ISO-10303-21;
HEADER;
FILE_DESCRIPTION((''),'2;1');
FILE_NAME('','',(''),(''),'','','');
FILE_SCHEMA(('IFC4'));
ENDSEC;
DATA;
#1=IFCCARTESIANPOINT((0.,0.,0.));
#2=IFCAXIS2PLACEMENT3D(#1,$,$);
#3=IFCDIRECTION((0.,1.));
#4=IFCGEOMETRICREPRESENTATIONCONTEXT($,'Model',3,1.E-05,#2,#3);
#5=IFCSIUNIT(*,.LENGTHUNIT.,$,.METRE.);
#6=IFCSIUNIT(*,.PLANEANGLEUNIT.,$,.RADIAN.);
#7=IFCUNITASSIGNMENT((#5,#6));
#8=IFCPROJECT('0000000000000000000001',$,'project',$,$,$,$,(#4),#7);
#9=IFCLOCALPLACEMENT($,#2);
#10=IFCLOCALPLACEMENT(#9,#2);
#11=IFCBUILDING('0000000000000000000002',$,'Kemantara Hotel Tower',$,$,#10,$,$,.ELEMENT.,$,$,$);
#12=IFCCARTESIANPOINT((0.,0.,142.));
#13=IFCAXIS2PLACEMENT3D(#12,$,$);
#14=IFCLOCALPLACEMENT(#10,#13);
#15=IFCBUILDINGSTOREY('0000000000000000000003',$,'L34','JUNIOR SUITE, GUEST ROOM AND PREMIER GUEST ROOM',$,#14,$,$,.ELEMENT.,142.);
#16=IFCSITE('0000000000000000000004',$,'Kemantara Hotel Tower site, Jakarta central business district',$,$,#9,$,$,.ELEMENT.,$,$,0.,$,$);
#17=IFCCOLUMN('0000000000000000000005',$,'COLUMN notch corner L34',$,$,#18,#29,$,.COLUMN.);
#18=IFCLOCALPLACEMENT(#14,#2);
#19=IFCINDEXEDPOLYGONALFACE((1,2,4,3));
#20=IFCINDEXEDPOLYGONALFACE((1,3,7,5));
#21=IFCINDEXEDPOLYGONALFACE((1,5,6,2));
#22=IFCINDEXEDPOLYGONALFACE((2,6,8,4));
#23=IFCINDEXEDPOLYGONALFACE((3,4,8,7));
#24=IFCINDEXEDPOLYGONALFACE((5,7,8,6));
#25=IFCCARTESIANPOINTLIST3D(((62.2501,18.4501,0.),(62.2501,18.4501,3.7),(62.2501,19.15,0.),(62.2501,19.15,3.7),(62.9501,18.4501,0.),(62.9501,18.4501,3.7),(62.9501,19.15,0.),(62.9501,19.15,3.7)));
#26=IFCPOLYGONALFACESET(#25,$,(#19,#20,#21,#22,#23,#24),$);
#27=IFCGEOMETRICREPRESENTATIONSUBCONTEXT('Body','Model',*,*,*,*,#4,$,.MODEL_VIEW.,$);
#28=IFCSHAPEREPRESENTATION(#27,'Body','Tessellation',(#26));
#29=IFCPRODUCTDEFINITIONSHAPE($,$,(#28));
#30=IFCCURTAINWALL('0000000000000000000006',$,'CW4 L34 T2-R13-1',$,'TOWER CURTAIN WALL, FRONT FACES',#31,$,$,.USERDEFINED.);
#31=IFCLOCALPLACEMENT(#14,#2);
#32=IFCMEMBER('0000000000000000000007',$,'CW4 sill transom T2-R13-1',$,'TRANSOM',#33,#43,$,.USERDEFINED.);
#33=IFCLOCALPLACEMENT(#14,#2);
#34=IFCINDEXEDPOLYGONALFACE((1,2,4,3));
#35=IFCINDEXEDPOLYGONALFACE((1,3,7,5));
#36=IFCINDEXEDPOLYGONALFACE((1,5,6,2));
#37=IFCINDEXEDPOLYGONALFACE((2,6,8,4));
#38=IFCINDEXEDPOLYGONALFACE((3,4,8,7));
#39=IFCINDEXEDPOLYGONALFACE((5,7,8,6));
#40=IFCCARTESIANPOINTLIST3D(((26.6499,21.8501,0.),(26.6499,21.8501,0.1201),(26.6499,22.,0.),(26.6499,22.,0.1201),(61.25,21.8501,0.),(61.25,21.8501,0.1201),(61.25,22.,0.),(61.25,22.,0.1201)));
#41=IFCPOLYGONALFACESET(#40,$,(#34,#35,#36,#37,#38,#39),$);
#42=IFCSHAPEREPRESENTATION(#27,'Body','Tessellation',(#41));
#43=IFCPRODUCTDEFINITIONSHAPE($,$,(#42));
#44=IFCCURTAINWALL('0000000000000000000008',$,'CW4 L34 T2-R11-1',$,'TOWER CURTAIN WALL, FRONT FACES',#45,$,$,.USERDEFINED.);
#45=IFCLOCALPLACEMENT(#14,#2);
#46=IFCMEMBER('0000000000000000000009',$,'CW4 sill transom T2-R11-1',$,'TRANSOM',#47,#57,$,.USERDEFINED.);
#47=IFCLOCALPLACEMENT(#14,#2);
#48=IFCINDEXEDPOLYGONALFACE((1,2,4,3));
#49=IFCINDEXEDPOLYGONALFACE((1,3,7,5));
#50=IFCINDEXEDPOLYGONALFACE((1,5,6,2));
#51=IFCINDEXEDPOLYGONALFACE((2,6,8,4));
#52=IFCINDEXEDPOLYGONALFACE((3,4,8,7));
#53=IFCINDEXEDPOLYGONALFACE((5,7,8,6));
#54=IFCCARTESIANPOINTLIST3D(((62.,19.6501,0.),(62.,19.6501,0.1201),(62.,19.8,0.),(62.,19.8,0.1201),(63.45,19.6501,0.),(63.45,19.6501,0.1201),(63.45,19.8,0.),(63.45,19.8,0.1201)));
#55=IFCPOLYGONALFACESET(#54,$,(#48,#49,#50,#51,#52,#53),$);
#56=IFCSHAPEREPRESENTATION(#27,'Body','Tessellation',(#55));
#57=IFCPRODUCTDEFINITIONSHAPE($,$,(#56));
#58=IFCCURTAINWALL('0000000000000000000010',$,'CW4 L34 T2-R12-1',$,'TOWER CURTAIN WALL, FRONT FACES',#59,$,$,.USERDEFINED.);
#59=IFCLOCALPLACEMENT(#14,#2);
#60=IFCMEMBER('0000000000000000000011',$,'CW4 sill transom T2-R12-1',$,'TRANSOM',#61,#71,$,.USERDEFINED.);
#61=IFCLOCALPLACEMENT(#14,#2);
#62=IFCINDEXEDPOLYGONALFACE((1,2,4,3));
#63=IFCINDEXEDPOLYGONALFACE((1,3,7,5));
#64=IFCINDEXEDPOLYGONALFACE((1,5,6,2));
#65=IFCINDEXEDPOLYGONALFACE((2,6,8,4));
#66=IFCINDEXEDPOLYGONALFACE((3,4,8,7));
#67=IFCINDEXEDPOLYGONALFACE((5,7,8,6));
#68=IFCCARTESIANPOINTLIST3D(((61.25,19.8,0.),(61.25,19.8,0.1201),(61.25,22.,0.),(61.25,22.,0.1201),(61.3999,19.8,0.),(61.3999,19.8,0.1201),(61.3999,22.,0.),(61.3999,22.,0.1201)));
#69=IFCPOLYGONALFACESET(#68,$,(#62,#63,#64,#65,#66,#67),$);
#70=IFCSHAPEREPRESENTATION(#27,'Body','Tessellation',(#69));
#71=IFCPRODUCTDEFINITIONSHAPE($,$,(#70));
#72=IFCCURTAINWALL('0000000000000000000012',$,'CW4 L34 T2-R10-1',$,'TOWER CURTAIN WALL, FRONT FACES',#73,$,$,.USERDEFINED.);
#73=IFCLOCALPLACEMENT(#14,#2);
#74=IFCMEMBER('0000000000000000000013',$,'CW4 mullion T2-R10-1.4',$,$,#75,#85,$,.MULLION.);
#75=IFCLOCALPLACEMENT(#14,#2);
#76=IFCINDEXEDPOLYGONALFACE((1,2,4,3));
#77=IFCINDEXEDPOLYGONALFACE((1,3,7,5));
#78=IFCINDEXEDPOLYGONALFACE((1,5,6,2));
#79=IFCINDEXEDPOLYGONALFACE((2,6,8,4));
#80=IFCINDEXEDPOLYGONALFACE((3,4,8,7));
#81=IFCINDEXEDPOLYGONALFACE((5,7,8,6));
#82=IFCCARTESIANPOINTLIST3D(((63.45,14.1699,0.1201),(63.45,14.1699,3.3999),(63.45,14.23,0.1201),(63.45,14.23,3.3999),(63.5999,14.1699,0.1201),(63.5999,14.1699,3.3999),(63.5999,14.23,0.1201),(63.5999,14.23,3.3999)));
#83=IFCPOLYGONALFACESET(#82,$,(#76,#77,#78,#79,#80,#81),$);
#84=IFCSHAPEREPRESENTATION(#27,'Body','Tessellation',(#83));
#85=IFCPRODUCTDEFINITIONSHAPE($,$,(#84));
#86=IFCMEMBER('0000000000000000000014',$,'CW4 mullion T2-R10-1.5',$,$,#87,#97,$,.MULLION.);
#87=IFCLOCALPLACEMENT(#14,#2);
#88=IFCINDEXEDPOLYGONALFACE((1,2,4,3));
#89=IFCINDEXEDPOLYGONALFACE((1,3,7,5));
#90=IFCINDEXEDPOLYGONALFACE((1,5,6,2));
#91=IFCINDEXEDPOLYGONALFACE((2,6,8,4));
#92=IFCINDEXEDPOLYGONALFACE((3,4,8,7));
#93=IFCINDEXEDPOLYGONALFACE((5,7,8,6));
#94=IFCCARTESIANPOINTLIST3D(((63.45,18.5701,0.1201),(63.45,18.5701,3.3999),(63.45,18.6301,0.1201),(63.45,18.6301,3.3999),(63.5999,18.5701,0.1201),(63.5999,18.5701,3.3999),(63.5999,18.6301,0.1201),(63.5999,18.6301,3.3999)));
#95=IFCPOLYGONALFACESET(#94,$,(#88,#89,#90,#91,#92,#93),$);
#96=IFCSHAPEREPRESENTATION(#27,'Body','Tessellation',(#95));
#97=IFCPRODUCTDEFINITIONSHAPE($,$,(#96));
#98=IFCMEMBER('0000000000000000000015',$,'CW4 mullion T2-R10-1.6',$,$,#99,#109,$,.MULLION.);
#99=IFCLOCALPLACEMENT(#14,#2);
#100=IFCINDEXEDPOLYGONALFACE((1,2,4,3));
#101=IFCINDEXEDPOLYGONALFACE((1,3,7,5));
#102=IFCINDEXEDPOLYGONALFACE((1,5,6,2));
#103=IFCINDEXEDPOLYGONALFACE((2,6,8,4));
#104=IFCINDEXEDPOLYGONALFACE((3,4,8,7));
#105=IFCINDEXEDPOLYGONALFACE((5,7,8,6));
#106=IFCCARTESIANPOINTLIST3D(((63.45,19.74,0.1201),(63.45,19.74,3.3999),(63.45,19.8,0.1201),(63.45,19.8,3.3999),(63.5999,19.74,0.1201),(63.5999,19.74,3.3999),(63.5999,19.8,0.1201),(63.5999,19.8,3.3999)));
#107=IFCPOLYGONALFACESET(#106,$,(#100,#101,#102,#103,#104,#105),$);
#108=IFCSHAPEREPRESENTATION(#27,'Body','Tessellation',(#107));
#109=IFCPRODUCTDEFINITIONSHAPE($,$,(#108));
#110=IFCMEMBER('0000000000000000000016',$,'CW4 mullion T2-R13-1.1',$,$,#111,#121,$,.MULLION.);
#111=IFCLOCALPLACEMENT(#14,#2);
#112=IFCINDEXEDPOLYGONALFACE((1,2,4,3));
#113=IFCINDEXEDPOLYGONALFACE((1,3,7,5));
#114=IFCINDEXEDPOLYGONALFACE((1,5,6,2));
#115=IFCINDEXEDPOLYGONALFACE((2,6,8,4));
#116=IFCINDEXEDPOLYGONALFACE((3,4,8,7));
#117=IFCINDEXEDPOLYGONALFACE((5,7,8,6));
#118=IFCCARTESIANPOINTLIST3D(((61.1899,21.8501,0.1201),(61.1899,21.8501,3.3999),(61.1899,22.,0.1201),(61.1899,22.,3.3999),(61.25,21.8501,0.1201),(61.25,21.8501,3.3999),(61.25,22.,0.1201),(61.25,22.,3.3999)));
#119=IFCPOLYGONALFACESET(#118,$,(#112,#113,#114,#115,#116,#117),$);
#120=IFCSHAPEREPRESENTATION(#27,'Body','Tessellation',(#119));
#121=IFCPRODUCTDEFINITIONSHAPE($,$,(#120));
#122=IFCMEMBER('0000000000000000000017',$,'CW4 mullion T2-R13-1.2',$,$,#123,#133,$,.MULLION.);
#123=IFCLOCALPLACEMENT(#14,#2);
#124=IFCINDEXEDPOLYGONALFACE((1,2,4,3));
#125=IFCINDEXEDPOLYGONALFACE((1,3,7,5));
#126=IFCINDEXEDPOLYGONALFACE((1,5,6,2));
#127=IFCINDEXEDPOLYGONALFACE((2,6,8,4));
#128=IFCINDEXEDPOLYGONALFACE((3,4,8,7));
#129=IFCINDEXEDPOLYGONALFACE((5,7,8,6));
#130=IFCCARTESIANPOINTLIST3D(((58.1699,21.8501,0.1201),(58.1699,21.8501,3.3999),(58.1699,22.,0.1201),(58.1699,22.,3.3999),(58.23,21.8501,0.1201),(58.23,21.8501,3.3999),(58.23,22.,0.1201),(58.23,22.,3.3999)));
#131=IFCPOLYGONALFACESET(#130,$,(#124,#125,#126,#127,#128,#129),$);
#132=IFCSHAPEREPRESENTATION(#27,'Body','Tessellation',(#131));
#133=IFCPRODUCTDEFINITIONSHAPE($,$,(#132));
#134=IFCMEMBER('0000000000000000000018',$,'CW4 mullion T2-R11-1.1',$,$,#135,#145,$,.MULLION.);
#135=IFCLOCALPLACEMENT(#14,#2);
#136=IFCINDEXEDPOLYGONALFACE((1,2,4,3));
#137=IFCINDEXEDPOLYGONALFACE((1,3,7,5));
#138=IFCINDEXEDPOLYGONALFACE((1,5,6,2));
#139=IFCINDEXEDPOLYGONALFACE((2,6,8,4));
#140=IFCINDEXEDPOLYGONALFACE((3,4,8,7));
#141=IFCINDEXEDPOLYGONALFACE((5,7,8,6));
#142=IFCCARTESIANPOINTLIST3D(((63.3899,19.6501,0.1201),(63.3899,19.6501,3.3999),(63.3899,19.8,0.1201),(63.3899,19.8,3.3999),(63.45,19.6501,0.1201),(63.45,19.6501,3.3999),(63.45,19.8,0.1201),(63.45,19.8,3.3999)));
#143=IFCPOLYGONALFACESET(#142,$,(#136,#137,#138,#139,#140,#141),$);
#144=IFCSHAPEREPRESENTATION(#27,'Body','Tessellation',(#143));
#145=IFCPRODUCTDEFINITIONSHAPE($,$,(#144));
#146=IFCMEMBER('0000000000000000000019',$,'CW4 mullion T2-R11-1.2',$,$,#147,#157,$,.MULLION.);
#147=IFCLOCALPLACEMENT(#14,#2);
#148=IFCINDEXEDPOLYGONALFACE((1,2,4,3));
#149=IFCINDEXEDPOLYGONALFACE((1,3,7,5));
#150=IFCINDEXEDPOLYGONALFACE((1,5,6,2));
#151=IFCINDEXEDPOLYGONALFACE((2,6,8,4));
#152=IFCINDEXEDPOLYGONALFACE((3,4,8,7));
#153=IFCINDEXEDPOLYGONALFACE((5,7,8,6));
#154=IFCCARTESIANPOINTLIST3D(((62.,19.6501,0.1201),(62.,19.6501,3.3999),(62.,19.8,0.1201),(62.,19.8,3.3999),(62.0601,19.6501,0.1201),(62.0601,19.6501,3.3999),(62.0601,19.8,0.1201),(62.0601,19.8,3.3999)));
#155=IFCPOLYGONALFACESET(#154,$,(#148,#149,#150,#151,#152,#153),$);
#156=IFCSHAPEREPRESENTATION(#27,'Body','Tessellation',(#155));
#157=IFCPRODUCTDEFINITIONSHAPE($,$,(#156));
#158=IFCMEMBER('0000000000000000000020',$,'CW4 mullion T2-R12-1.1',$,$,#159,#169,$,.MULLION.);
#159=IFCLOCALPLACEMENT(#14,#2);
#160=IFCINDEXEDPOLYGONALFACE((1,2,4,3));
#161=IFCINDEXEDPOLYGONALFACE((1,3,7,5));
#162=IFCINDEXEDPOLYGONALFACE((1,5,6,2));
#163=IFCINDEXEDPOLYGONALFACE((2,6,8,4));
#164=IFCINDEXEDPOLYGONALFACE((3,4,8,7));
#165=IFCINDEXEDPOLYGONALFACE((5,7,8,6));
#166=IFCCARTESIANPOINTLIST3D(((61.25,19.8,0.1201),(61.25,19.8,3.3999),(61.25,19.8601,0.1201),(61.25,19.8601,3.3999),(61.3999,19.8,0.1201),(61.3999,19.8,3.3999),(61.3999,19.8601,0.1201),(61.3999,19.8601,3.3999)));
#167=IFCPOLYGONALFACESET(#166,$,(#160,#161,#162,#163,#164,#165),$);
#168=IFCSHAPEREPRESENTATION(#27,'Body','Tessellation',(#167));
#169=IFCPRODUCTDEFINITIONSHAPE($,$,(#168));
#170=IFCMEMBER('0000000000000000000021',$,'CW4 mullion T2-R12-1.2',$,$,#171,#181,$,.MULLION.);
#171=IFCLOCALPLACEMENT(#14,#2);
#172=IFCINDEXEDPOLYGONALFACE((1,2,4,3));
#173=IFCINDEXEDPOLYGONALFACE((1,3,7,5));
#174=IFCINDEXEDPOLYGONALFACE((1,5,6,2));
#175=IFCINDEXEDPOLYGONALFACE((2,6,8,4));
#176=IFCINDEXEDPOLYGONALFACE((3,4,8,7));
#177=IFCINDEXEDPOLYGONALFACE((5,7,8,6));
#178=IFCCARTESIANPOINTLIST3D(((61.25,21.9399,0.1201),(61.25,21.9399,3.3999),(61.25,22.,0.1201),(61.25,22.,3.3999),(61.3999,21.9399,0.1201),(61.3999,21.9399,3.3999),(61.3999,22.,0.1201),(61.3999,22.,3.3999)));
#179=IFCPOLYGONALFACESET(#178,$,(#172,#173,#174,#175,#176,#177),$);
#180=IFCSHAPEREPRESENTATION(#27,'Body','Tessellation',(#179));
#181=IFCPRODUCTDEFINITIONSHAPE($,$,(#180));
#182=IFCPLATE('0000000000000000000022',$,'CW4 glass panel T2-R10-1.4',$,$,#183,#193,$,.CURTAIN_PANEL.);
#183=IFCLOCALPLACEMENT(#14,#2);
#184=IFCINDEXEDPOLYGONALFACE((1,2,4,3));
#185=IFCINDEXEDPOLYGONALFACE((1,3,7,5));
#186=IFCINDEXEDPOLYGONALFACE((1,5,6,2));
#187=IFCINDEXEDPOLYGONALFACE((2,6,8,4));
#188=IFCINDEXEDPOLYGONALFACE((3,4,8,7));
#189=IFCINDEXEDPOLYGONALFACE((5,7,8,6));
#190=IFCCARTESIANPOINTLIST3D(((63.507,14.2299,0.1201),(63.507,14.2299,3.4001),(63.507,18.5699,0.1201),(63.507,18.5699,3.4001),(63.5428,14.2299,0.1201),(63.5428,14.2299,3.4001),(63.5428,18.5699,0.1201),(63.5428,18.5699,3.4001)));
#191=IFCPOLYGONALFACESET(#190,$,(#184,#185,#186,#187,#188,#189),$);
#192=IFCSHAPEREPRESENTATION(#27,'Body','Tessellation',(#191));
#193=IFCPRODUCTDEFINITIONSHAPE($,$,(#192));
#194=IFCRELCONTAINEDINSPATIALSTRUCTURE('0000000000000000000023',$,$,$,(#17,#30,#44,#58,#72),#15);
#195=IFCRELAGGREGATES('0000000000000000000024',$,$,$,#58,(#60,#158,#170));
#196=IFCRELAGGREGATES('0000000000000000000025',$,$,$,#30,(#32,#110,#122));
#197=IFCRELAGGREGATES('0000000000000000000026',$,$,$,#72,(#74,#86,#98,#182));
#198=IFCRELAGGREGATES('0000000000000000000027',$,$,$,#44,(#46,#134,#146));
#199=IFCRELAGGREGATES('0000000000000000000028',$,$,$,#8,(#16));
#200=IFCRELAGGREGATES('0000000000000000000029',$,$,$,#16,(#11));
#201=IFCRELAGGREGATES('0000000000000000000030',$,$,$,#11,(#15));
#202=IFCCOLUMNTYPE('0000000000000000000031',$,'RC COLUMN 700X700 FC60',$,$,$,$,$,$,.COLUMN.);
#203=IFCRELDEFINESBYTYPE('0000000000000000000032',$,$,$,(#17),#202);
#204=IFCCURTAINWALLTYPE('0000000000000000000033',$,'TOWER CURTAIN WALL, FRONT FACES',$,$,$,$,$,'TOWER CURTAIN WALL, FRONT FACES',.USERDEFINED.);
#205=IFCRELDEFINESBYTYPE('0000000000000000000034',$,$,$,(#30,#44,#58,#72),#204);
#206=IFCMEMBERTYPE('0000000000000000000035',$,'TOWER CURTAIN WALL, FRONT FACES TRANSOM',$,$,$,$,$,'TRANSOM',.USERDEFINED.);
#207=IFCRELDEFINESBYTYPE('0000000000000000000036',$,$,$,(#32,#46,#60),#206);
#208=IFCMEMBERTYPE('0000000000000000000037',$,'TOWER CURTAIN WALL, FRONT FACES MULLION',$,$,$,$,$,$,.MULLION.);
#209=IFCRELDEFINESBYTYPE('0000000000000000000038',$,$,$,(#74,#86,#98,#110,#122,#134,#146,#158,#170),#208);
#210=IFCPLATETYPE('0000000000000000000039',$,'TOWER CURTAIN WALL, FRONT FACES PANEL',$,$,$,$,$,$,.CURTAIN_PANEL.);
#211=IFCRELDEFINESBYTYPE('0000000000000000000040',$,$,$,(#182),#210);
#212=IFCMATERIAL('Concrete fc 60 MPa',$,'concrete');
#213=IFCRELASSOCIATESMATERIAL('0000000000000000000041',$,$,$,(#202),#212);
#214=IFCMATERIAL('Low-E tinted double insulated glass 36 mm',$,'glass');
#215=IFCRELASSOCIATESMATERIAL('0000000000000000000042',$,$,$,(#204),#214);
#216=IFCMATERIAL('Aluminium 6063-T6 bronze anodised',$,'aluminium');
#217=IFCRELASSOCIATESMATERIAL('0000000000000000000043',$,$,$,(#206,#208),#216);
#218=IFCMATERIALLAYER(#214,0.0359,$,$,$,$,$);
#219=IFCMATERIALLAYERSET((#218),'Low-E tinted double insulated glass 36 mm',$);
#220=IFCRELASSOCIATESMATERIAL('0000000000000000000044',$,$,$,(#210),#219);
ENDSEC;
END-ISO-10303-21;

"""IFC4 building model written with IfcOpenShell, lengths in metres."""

from ifc_helpers import new_model, si_unit, direction, frame, origin, origin_2d, place, context, subcontext, project, spatial, rectangle, extrude, source, transform, mapped, material, layer, layer_set, material_profile, profile_set, type_object, element, aggregate, save


model = new_model("IFC4")

# Units and contexts
model_context = context("Model", 3, precision=1e-05, world=origin(), true_north=direction((0.0, 1.0)))
body_context = subcontext(model_context, "Body", "Model", "MODEL_VIEW")
ifc_project = project(units=[si_unit("LENGTHUNIT", "METRE"), si_unit("PLANEANGLEUNIT", "RADIAN")], contexts=[model_context])

# Site, building, storey
site_placement = place(None, origin())
site = spatial("IfcSite", under=ifc_project, at=site_placement, Name="Kemantara Hotel Tower site, Jakarta central business district", CompositionType="ELEMENT", RefElevation=0.0)
building_placement = place(site_placement, origin())
building = spatial("IfcBuilding", under=site, at=building_placement, Name="Kemantara Hotel Tower", CompositionType="ELEMENT")
storey_placement = place(building_placement, frame((0.0, 0.0, 142.0)))
storey = spatial("IfcBuildingStorey", under=building, at=storey_placement, Name="L34", Description="JUNIOR SUITE, GUEST ROOM AND PREMIER GUEST ROOM", CompositionType="ELEMENT", Elevation=142.0)

# Column
ifc_material_1 = material(Name="Concrete fc 60 MPa", Category="concrete")
ifc_material_profile_1 = material_profile(ifc_material_1, rectangle(XDim=0.7, YDim=0.7, at=origin_2d()), Name="RC 700X700")
ifc_profile_set_1 = profile_set([ifc_material_profile_1], Name="Concrete fc 60 MPa")
column_type = type_object("IfcColumnType", Name="RC COLUMN 700X700 FC60", PredefinedType="COLUMN", material=ifc_profile_set_1)
column_placement = place(storey_placement, frame((62.6001, 18.8, 0.0), z_axis=(0.0, 0.0, 1.0), x_axis=(1.0, 0.0, 0.0)))
element("IfcColumn", 1, at=column_placement, inside=storey, type_object=column_type, Name="COLUMN notch corner L34", PredefinedType="COLUMN", context=body_context, shape_type="SweptSolid", body=[
    extrude(rectangle(XDim=0.7, YDim=0.7, at=origin_2d()), origin(), (0.0, 0.0, 1.0), 3.7),
])

# Curtain walls, members
ifc_material_2 = material(Name="Low-E tinted double insulated glass 36 mm", Category="glass")
curtain_wall_type = type_object("IfcCurtainWallType", Name="TOWER CURTAIN WALL, FRONT FACES", ElementType="TOWER CURTAIN WALL, FRONT FACES", PredefinedType="USERDEFINED", material=ifc_material_2)
curtain_wall_1_placement = place(storey_placement, origin())
curtain_wall_1 = element("IfcCurtainWall", 2, at=curtain_wall_1_placement, inside=storey, type_object=curtain_wall_type, Name="CW4 L34 T2-R13-1", ObjectType="TOWER CURTAIN WALL, FRONT FACES", PredefinedType="USERDEFINED")
ifc_material_3 = material(Name="Aluminium 6063-T6 bronze anodised", Category="aluminium")
ifc_material_profile_2 = material_profile(ifc_material_3, rectangle(XDim=0.1499, YDim=0.1201, at=origin_2d()), Name="TOWER CURTAIN WALL, FRONT FACES TRANSOM")
ifc_profile_set_2 = profile_set([ifc_material_profile_2], Name="Aluminium 6063-T6 bronze anodised")
member_type_1 = type_object("IfcMemberType", Name="TOWER CURTAIN WALL, FRONT FACES TRANSOM", ElementType="TRANSOM", PredefinedType="USERDEFINED", material=ifc_profile_set_2)
member_1_placement = place(storey_placement, frame((61.25, 21.925, 0.0601), z_axis=(-1.0, 0.0, 0.0), x_axis=(0.0, -1.0, 0.0)))
member_1 = element("IfcMember", 3, at=member_1_placement, type_object=member_type_1, Name="CW4 sill transom T2-R13-1", ObjectType="TRANSOM", PredefinedType="USERDEFINED", context=body_context, shape_type="SweptSolid", body=[
    extrude(rectangle(XDim=0.1499, YDim=0.1201, at=origin_2d()), origin(), (0.0, 0.0, 1.0), 34.6001),
])
curtain_wall_2_placement = place(storey_placement, origin())
curtain_wall_2 = element("IfcCurtainWall", 4, at=curtain_wall_2_placement, inside=storey, type_object=curtain_wall_type, Name="CW4 L34 T2-R11-1", ObjectType="TOWER CURTAIN WALL, FRONT FACES", PredefinedType="USERDEFINED")
member_2_placement = place(storey_placement, frame((63.45, 19.7251, 0.0601), z_axis=(-1.0, 0.0, 0.0), x_axis=(0.0, -1.0, 0.0)))
member_2 = element("IfcMember", 5, at=member_2_placement, type_object=member_type_1, Name="CW4 sill transom T2-R11-1", ObjectType="TRANSOM", PredefinedType="USERDEFINED", context=body_context, shape_type="SweptSolid", body=[
    extrude(rectangle(XDim=0.1499, YDim=0.1201, at=origin_2d()), origin(), (0.0, 0.0, 1.0), 1.45),
])
curtain_wall_3_placement = place(storey_placement, origin())
curtain_wall_3 = element("IfcCurtainWall", 6, at=curtain_wall_3_placement, inside=storey, type_object=curtain_wall_type, Name="CW4 L34 T2-R12-1", ObjectType="TOWER CURTAIN WALL, FRONT FACES", PredefinedType="USERDEFINED")
member_3_placement = place(storey_placement, frame((61.325, 19.8, 0.0601), z_axis=(0.0, 1.0, 0.0), x_axis=(-1.0, 0.0, 0.0)))
member_3 = element("IfcMember", 7, at=member_3_placement, type_object=member_type_1, Name="CW4 sill transom T2-R12-1", ObjectType="TRANSOM", PredefinedType="USERDEFINED", context=body_context, shape_type="SweptSolid", body=[
    extrude(rectangle(XDim=0.1499, YDim=0.1201, at=origin_2d()), origin(), (0.0, 0.0, 1.0), 2.2),
])

# Curtain wall, members
curtain_wall_4_placement = place(storey_placement, origin())
curtain_wall_4 = element("IfcCurtainWall", 8, at=curtain_wall_4_placement, inside=storey, type_object=curtain_wall_type, Name="CW4 L34 T2-R10-1", ObjectType="TOWER CURTAIN WALL, FRONT FACES", PredefinedType="USERDEFINED")
ifc_material_profile_3 = material_profile(ifc_material_3, rectangle(XDim=0.1499, YDim=0.0601, at=origin_2d()), Name="TOWER CURTAIN WALL, FRONT FACES MULLION")
ifc_profile_set_3 = profile_set([ifc_material_profile_3], Name="Aluminium 6063-T6 bronze anodised")
member_type_2 = type_object("IfcMemberType", Name="TOWER CURTAIN WALL, FRONT FACES MULLION", PredefinedType="MULLION", material=ifc_profile_set_3)
shared_shape_1 = source(origin(), body_context, "Body", "SweptSolid", [
    extrude(rectangle(XDim=0.1499, YDim=0.0601, at=origin_2d()), origin(), (0.0, 0.0, 1.0), 3.2798),
])
member_4_placement = place(storey_placement, frame((63.5249, 14.2, 0.1201), z_axis=(0.0, 0.0, 1.0), x_axis=(-1.0, 0.0, 0.0)))
member_4 = element("IfcMember", 9, at=member_4_placement, type_object=member_type_2, Name="CW4 mullion T2-R10-1.4", PredefinedType="MULLION", context=body_context, shape_type="MappedRepresentation", body=[
    mapped(shared_shape_1, transform((0.0, 0.0, 0.0))),
])
member_5_placement = place(storey_placement, frame((63.5249, 18.6001, 0.1201), z_axis=(0.0, 0.0, 1.0), x_axis=(-1.0, 0.0, 0.0)))
member_5 = element("IfcMember", 10, at=member_5_placement, type_object=member_type_2, Name="CW4 mullion T2-R10-1.5", PredefinedType="MULLION", context=body_context, shape_type="MappedRepresentation", body=[
    mapped(shared_shape_1, transform((0.0, 0.0, 0.0))),
])
member_6_placement = place(storey_placement, frame((63.5249, 19.77, 0.1201), z_axis=(0.0, 0.0, 1.0), x_axis=(-1.0, 0.0, 0.0)))
member_6 = element("IfcMember", 11, at=member_6_placement, type_object=member_type_2, Name="CW4 mullion T2-R10-1.6", PredefinedType="MULLION", context=body_context, shape_type="MappedRepresentation", body=[
    mapped(shared_shape_1, transform((0.0, 0.0, 0.0))),
])

# Members
member_7_placement = place(storey_placement, frame((61.22, 21.925, 0.1201), z_axis=(0.0, 0.0, 1.0), x_axis=(0.0, -1.0, 0.0)))
member_7 = element("IfcMember", 12, at=member_7_placement, type_object=member_type_2, Name="CW4 mullion T2-R13-1.1", PredefinedType="MULLION", context=body_context, shape_type="MappedRepresentation", body=[
    mapped(shared_shape_1, transform((0.0, 0.0, 0.0))),
])
member_8_placement = place(storey_placement, frame((58.2, 21.925, 0.1201), z_axis=(0.0, 0.0, 1.0), x_axis=(0.0, -1.0, 0.0)))
member_8 = element("IfcMember", 13, at=member_8_placement, type_object=member_type_2, Name="CW4 mullion T2-R13-1.2", PredefinedType="MULLION", context=body_context, shape_type="MappedRepresentation", body=[
    mapped(shared_shape_1, transform((0.0, 0.0, 0.0))),
])
member_9_placement = place(storey_placement, frame((63.4199, 19.7251, 0.1201), z_axis=(0.0, 0.0, 1.0), x_axis=(0.0, -1.0, 0.0)))
member_9 = element("IfcMember", 14, at=member_9_placement, type_object=member_type_2, Name="CW4 mullion T2-R11-1.1", PredefinedType="MULLION", context=body_context, shape_type="MappedRepresentation", body=[
    mapped(shared_shape_1, transform((0.0, 0.0, 0.0))),
])
member_10_placement = place(storey_placement, frame((62.03, 19.7251, 0.1201), z_axis=(0.0, 0.0, 1.0), x_axis=(0.0, -1.0, 0.0)))
member_10 = element("IfcMember", 15, at=member_10_placement, type_object=member_type_2, Name="CW4 mullion T2-R11-1.2", PredefinedType="MULLION", context=body_context, shape_type="MappedRepresentation", body=[
    mapped(shared_shape_1, transform((0.0, 0.0, 0.0))),
])
member_11_placement = place(storey_placement, frame((61.325, 19.8301, 0.1201), z_axis=(0.0, 0.0, 1.0), x_axis=(-1.0, 0.0, 0.0)))
member_11 = element("IfcMember", 16, at=member_11_placement, type_object=member_type_2, Name="CW4 mullion T2-R12-1.1", PredefinedType="MULLION", context=body_context, shape_type="MappedRepresentation", body=[
    mapped(shared_shape_1, transform((0.0, 0.0, 0.0))),
])
member_12_placement = place(storey_placement, frame((61.325, 21.97, 0.1201), z_axis=(0.0, 0.0, 1.0), x_axis=(-1.0, 0.0, 0.0)))
member_12 = element("IfcMember", 17, at=member_12_placement, type_object=member_type_2, Name="CW4 mullion T2-R12-1.2", PredefinedType="MULLION", context=body_context, shape_type="MappedRepresentation", body=[
    mapped(shared_shape_1, transform((0.0, 0.0, 0.0))),
])

# Plate
ifc_layer_1 = layer(ifc_material_2, 0.0359)
ifc_layer_set_1 = layer_set([ifc_layer_1], Name="Low-E tinted double insulated glass 36 mm")
plate_type = type_object("IfcPlateType", Name="TOWER CURTAIN WALL, FRONT FACES PANEL", PredefinedType="CURTAIN_PANEL", material=ifc_layer_set_1)
shared_shape_2 = source(origin(), body_context, "Body", "SweptSolid", [
    extrude(rectangle(XDim=4.3401, YDim=0.0359, at=origin_2d()), origin(), (0.0, 0.0, 1.0), 3.28),
])
plate_1_placement = place(storey_placement, frame((63.5249, 16.3999, 0.1201), z_axis=(0.0, 0.0, 1.0), x_axis=(0.0, 1.0, 0.0)))
plate_1 = element("IfcPlate", 18, at=plate_1_placement, type_object=plate_type, Name="CW4 glass panel T2-R10-1.4", PredefinedType="CURTAIN_PANEL", context=body_context, shape_type="MappedRepresentation", body=[
    mapped(shared_shape_2, transform((0.0, 0.0, 0.0))),
])
aggregate(curtain_wall_3, [member_3, member_11, member_12])
aggregate(curtain_wall_1, [member_1, member_7, member_8])
aggregate(curtain_wall_4, [member_4, member_5, member_6, plate_1])
aggregate(curtain_wall_2, [member_2, member_9, member_10])

save(model, "model.ifc")
